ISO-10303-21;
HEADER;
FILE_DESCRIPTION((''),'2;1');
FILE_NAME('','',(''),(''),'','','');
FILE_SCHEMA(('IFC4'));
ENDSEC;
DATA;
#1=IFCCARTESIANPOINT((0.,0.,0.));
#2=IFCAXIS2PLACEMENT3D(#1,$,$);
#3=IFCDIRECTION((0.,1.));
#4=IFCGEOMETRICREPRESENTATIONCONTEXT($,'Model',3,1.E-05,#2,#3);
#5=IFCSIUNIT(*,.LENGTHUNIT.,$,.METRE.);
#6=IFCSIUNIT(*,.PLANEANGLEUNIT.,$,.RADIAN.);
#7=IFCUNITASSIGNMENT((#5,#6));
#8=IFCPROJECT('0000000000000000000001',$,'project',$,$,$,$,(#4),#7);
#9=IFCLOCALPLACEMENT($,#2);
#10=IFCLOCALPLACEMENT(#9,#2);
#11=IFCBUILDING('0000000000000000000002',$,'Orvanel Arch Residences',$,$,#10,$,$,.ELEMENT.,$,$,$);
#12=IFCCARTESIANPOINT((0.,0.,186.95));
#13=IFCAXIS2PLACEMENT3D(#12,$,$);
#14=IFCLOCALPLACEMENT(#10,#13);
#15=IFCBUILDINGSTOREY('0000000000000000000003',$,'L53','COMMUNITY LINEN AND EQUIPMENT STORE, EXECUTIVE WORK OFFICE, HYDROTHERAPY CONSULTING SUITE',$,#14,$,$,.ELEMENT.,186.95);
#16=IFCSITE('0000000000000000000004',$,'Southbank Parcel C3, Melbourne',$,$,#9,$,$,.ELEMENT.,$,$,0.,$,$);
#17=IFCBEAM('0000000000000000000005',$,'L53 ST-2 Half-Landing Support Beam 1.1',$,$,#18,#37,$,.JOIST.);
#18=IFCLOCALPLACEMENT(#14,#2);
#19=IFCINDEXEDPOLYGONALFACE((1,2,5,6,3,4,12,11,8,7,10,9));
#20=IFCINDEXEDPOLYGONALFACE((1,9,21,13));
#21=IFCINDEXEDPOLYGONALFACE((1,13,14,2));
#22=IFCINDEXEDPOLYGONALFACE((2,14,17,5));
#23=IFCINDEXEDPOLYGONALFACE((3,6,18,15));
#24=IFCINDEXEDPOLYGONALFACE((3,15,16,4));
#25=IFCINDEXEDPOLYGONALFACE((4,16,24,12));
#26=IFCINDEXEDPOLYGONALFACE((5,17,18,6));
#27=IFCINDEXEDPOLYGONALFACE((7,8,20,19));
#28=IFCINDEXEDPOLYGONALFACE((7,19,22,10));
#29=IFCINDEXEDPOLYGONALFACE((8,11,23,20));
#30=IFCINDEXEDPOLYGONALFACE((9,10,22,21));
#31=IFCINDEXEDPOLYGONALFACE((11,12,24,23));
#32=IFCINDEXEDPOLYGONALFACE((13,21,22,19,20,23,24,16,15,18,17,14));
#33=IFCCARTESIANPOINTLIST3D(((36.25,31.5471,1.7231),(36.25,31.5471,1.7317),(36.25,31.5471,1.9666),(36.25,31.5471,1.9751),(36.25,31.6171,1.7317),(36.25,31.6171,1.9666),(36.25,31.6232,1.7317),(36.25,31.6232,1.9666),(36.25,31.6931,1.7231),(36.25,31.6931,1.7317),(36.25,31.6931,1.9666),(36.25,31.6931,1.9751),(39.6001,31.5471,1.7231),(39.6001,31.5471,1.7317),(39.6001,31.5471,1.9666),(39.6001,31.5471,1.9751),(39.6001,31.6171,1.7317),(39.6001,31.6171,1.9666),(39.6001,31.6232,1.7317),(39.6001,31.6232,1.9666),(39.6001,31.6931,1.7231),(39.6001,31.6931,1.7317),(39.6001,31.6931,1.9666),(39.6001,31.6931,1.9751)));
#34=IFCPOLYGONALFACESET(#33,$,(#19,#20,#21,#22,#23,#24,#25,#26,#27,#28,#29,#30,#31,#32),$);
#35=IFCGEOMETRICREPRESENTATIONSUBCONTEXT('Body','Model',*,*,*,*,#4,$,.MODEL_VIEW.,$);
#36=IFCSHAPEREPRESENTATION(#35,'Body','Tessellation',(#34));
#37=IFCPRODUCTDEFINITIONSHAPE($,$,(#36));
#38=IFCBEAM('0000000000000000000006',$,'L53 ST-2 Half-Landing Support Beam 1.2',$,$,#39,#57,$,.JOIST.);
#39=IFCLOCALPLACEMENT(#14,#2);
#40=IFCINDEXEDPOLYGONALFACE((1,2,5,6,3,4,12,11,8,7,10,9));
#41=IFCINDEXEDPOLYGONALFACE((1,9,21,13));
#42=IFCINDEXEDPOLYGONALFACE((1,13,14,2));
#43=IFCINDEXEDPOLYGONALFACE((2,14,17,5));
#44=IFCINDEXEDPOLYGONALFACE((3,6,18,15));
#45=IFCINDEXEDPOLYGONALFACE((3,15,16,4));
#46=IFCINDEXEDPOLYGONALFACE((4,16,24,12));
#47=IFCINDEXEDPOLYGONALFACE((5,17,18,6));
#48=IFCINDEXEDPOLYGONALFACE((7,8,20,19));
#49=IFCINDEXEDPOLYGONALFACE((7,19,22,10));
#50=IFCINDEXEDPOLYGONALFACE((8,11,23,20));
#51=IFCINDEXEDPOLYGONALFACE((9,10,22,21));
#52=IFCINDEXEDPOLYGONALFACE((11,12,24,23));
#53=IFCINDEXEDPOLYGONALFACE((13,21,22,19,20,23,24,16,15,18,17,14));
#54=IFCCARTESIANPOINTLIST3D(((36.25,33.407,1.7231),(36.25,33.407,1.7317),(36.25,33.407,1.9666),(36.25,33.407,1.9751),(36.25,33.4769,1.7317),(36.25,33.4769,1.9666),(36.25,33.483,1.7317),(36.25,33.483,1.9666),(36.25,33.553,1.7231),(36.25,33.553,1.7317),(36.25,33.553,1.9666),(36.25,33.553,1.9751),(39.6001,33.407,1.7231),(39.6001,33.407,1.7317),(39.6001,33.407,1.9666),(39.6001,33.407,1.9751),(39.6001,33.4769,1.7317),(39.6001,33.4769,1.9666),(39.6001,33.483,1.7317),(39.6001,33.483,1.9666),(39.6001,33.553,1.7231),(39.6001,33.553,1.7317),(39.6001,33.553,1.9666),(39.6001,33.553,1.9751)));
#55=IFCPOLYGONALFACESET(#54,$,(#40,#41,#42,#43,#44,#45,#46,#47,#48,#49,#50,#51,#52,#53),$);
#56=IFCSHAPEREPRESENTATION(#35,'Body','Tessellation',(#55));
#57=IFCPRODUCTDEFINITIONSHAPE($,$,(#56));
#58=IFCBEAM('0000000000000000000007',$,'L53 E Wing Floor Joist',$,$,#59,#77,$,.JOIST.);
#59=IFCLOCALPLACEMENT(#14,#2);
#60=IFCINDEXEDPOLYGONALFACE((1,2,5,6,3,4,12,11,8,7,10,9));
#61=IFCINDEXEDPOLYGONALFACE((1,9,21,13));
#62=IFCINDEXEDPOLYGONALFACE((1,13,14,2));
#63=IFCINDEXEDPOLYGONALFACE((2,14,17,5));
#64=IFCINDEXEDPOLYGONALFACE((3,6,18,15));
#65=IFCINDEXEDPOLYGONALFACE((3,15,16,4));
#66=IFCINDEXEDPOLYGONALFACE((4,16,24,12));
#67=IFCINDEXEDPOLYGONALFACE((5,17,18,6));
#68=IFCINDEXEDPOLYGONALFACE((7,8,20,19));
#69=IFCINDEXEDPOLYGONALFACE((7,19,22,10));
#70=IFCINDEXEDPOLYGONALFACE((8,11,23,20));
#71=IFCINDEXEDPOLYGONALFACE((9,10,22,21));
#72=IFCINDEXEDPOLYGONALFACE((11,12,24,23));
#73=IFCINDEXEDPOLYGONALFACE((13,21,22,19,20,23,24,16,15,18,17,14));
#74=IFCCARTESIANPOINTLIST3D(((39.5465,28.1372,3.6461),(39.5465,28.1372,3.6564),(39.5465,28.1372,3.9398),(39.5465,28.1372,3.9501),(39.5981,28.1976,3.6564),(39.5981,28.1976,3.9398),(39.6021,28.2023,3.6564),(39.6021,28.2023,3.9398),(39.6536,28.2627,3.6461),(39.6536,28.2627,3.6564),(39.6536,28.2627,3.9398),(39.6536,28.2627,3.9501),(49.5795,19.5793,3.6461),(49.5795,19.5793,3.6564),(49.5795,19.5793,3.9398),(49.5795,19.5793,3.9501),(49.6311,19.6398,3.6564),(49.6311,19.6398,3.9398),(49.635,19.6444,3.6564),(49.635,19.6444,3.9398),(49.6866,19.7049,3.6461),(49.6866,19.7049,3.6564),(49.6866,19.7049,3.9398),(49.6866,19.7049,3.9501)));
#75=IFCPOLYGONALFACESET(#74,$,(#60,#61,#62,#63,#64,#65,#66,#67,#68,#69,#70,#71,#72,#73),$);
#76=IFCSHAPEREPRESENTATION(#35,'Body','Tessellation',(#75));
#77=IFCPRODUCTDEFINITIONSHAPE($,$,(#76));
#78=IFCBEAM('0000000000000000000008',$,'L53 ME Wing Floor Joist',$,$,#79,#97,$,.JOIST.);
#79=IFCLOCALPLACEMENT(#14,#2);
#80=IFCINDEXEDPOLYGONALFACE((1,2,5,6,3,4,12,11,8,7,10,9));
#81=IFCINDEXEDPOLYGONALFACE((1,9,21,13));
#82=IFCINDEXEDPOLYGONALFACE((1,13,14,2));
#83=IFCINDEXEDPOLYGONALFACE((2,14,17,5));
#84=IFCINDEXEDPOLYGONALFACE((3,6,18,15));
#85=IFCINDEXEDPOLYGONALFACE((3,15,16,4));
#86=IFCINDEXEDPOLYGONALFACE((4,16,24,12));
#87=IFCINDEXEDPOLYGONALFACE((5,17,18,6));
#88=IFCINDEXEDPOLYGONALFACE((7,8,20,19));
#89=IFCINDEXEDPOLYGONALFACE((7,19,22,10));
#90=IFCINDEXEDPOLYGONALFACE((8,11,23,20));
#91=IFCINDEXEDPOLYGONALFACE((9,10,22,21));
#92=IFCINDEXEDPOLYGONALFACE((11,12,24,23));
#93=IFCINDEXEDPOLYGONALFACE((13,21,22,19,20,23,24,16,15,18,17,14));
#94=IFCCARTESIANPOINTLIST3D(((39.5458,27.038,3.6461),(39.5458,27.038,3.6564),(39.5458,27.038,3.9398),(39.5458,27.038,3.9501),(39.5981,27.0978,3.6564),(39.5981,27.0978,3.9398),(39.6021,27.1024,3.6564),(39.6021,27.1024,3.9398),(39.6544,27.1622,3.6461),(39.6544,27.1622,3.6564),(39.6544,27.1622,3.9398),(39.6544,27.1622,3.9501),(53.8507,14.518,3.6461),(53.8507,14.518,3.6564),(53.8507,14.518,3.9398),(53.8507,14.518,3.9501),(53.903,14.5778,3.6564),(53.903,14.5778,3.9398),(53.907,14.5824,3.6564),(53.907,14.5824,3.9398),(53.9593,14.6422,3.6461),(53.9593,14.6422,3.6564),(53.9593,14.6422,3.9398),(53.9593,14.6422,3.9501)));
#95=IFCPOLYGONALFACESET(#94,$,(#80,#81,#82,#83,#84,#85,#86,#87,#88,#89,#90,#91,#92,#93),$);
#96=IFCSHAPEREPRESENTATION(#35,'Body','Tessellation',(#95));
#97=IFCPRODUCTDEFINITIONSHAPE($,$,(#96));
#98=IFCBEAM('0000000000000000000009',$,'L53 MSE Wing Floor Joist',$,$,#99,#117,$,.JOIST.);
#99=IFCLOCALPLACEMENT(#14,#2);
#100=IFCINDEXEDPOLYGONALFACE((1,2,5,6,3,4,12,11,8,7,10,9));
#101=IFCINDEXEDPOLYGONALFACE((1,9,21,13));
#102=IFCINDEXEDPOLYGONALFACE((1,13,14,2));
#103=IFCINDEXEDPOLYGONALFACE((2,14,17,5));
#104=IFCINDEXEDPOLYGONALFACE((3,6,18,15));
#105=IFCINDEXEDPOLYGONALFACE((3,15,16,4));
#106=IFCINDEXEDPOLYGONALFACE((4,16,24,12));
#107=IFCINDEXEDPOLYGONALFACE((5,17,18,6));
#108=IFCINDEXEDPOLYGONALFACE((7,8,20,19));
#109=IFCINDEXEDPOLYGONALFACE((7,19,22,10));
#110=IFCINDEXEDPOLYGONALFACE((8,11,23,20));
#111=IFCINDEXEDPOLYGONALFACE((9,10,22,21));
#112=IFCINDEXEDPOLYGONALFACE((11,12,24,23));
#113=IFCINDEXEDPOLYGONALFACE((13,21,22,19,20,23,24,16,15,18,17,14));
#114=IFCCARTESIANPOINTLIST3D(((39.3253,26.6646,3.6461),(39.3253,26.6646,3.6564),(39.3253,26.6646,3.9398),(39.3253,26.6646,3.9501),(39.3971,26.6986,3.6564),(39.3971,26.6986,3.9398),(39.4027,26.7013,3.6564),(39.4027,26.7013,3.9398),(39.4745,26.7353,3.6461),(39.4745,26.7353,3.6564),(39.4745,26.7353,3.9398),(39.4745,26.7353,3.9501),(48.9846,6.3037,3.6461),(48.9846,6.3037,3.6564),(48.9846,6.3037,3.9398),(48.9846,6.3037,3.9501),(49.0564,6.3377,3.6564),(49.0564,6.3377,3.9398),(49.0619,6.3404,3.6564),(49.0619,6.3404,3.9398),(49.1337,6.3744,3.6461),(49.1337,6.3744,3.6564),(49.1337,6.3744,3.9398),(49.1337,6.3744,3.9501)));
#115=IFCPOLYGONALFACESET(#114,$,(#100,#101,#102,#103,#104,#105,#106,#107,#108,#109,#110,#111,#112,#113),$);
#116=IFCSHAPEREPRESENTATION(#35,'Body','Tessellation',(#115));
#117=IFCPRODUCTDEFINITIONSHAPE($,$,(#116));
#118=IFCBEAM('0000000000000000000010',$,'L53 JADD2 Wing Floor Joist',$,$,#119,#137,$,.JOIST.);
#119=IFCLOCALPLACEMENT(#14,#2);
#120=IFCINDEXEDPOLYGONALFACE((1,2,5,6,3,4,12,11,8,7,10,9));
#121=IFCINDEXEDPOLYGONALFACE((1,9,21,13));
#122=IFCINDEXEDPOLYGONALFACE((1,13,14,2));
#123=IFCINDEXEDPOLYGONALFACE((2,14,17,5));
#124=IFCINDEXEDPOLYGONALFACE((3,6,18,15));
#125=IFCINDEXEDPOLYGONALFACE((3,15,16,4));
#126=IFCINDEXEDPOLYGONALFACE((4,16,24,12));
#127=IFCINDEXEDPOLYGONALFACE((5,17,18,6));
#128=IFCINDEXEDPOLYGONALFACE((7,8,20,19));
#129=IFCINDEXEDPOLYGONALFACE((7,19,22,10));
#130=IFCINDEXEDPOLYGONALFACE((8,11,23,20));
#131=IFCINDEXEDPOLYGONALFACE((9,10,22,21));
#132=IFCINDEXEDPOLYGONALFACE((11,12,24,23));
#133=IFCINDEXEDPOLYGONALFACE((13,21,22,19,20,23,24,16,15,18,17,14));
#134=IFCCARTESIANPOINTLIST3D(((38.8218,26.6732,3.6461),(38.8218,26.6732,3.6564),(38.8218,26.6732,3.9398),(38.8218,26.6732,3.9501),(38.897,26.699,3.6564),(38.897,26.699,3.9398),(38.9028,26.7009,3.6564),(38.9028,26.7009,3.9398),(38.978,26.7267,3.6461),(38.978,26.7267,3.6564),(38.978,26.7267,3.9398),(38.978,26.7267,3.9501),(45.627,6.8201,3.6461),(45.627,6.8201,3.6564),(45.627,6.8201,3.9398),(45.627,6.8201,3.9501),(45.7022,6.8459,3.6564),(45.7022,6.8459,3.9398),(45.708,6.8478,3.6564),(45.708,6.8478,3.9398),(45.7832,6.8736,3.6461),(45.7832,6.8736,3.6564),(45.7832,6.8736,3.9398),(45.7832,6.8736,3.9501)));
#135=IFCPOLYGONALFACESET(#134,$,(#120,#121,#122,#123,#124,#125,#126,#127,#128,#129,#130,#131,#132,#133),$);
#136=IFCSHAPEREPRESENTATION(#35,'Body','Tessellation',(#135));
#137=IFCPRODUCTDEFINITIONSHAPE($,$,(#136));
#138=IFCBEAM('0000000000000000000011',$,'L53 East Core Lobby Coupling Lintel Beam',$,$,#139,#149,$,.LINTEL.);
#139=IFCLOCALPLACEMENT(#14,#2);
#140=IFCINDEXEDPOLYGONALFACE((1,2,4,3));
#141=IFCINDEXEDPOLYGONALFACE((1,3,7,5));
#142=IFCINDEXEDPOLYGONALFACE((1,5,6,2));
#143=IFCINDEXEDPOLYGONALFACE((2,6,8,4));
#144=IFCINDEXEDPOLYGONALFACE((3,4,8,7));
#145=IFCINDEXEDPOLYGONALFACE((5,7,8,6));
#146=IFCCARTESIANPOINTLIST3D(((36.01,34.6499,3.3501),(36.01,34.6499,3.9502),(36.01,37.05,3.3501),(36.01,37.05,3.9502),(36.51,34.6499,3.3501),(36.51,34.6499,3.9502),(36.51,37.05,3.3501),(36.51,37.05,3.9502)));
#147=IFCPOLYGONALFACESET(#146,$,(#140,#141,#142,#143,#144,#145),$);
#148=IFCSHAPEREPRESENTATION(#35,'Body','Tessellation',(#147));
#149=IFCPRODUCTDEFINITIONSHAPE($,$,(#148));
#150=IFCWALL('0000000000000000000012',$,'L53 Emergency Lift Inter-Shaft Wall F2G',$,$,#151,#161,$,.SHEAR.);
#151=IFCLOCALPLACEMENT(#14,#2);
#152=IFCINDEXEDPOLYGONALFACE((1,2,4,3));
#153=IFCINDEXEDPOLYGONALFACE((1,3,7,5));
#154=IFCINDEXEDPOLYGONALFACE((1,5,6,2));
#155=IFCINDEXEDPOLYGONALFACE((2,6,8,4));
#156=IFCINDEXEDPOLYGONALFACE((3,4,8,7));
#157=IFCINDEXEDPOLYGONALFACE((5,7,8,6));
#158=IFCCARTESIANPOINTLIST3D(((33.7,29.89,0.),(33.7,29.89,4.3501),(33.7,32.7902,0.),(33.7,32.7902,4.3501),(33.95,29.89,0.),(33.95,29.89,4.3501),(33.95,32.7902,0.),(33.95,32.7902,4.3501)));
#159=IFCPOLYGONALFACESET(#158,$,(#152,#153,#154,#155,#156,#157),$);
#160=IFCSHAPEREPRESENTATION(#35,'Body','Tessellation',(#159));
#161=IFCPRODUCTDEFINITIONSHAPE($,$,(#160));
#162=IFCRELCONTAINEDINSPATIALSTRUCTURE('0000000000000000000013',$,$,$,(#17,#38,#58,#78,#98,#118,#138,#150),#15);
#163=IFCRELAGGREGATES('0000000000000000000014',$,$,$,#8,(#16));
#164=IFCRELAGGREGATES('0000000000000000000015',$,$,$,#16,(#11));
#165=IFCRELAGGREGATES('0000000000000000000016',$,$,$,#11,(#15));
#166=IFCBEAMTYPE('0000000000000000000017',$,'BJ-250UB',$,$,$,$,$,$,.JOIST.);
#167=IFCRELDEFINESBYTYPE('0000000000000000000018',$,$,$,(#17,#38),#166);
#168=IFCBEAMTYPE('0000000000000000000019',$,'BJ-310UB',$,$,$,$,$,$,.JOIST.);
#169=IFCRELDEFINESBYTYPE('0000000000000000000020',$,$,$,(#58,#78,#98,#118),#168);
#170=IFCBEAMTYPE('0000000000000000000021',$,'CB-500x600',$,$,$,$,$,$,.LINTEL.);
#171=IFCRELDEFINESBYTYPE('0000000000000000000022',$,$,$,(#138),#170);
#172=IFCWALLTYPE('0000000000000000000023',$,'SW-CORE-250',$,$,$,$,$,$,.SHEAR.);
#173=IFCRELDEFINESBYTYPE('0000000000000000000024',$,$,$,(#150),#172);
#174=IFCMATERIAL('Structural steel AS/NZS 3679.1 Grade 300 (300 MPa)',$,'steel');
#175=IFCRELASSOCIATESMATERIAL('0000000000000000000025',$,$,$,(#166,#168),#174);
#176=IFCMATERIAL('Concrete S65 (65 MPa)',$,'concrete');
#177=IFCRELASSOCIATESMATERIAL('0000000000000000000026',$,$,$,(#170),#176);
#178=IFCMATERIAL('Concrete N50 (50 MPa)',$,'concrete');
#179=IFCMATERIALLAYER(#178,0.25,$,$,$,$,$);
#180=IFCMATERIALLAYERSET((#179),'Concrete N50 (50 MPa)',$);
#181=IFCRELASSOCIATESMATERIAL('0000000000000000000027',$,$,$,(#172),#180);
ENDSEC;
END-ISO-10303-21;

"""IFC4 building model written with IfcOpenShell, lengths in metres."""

from ifc_helpers import new_model, si_unit, direction, frame, frame_2d, origin, origin_2d, place, context, subcontext, project, spatial, rectangle, i_section, extrude, material, layer, layer_set, material_profile, profile_set, type_object, element, save


model = new_model("IFC4")

# Units and contexts
model_context = context("Model", 3, precision=1e-05, world=origin(), true_north=direction((0.0, 1.0)))
body_context = subcontext(model_context, "Body", "Model", "MODEL_VIEW")
ifc_project = project(units=[si_unit("LENGTHUNIT", "METRE"), si_unit("PLANEANGLEUNIT", "RADIAN")], contexts=[model_context])

# Site, building, storey
site_placement = place(None, origin())
site = spatial("IfcSite", under=ifc_project, at=site_placement, Name="Southbank Parcel C3, Melbourne", CompositionType="ELEMENT", RefElevation=0.0)
building_placement = place(site_placement, origin())
building = spatial("IfcBuilding", under=site, at=building_placement, Name="Orvanel Arch Residences", CompositionType="ELEMENT")
storey_placement = place(building_placement, frame((0.0, 0.0, 186.95)))
storey = spatial("IfcBuildingStorey", under=building, at=storey_placement, Name="L53", Description="COMMUNITY LINEN AND EQUIPMENT STORE, EXECUTIVE WORK OFFICE, HYDROTHERAPY CONSULTING SUITE", CompositionType="ELEMENT", Elevation=186.95)

# Beams
ifc_material_1 = material(Name="Structural steel AS/NZS 3679.1 Grade 300 (300 MPa)", Category="steel")
ifc_material_profile_1 = material_profile(ifc_material_1, i_section(OverallWidth=0.146, OverallDepth=0.252, WebThickness=0.0061, FlangeThickness=0.0085, at=origin_2d()), Name="250UB31.4")
ifc_profile_set_1 = profile_set([ifc_material_profile_1], Name="Structural steel AS/NZS 3679.1 Grade 300 (300 MPa)")
beam_type_1 = type_object("IfcBeamType", Name="BJ-250UB", PredefinedType="JOIST", material=ifc_profile_set_1)
for number, where, z_axis, x_axis, name in (
    (1, (36.25, 31.6201, 1.8491), (1.0, 0.0, 0.0), (0.0, 1.0, 0.0), "L53 ST-2 Half-Landing Support Beam 1.1"),
    (2, (36.25, 33.48, 1.8491), (1.0, 0.0, 0.0), (0.0, 1.0, 0.0), "L53 ST-2 Half-Landing Support Beam 1.2"),
):
    element("IfcBeam", number, at=place(storey_placement, frame(where, z_axis=z_axis, x_axis=x_axis)), inside=storey, type_object=beam_type_1, Name=name, PredefinedType="JOIST", context=body_context, shape_type="SweptSolid", body=[
        extrude(i_section(OverallWidth=0.146, OverallDepth=0.252, WebThickness=0.0061, FlangeThickness=0.0085, at=origin_2d()), origin(), (0.0, 0.0, 1.0), 3.3501),
    ])
ifc_material_profile_2 = material_profile(ifc_material_1, i_section(OverallWidth=0.165, OverallDepth=0.304, WebThickness=0.0061, FlangeThickness=0.0103, at=origin_2d()), Name="310UB40.4")
ifc_profile_set_2 = profile_set([ifc_material_profile_2], Name="Structural steel AS/NZS 3679.1 Grade 300 (300 MPa)")
beam_type_2 = type_object("IfcBeamType", Name="BJ-310UB", PredefinedType="JOIST", material=ifc_profile_set_2)
beam_1_placement = place(storey_placement, frame((39.6001, 28.2, 3.7981), z_axis=(0.760821, -0.648961, 0.0), x_axis=(0.648961, 0.760821, 0.0)))
element("IfcBeam", 3, at=beam_1_placement, inside=storey, type_object=beam_type_2, Name="L53 E Wing Floor Joist", PredefinedType="JOIST", context=body_context, shape_type="SweptSolid", body=[
    extrude(i_section(OverallWidth=0.165, OverallDepth=0.304, WebThickness=0.0061, FlangeThickness=0.0103, at=origin_2d()), origin(), (0.0, 0.0, 1.0), 13.187),
])
beam_2_placement = place(storey_placement, frame((39.6001, 27.1001, 3.7981), z_axis=(0.752493, -0.6586, 0.0), x_axis=(0.6586, 0.752493, 0.0)))
element("IfcBeam", 4, at=beam_2_placement, inside=storey, type_object=beam_type_2, Name="L53 ME Wing Floor Joist", PredefinedType="JOIST", context=body_context, shape_type="SweptSolid", body=[
    extrude(i_section(OverallWidth=0.165, OverallDepth=0.304, WebThickness=0.0061, FlangeThickness=0.0103, at=origin_2d()), origin(), (0.0, 0.0, 1.0), 19.01),
])
beam_3_placement = place(storey_placement, frame((39.3999, 26.7, 3.7981), z_axis=(0.428614, -0.903488, 0.0), x_axis=(0.903488, 0.428614, 0.0)))
element("IfcBeam", 5, at=beam_3_placement, inside=storey, type_object=beam_type_2, Name="L53 MSE Wing Floor Joist", PredefinedType="JOIST", context=body_context, shape_type="SweptSolid", body=[
    extrude(i_section(OverallWidth=0.165, OverallDepth=0.304, WebThickness=0.0061, FlangeThickness=0.0103, at=origin_2d()), origin(), (0.0, 0.0, 1.0), 22.5359),
])
beam_4_placement = place(storey_placement, frame((38.8999, 26.7, 3.7981), z_axis=(0.324257, -0.945969, 0.0), x_axis=(0.945969, 0.324257, 0.0)))
element("IfcBeam", 6, at=beam_4_placement, inside=storey, type_object=beam_type_2, Name="L53 JADD2 Wing Floor Joist", PredefinedType="JOIST", context=body_context, shape_type="SweptSolid", body=[
    extrude(i_section(OverallWidth=0.165, OverallDepth=0.304, WebThickness=0.0061, FlangeThickness=0.0103, at=origin_2d()), origin(), (0.0, 0.0, 1.0), 20.9871),
])
ifc_material_2 = material(Name="Concrete S65 (65 MPa)", Category="concrete")
ifc_material_profile_3 = material_profile(ifc_material_2, rectangle(XDim=0.5, YDim=0.6001, at=origin_2d()), Name="RC500x600")
ifc_profile_set_3 = profile_set([ifc_material_profile_3], Name="Concrete S65 (65 MPa)")
beam_type_3 = type_object("IfcBeamType", Name="CB-500x600", PredefinedType="LINTEL", material=ifc_profile_set_3)
beam_5_placement = place(storey_placement, frame((36.26, 34.6499, 3.6501), z_axis=(0.0, 1.0, 0.0), x_axis=(-1.0, 0.0, 0.0)))
element("IfcBeam", 7, at=beam_5_placement, inside=storey, type_object=beam_type_3, Name="L53 East Core Lobby Coupling Lintel Beam", PredefinedType="LINTEL", context=body_context, shape_type="SweptSolid", body=[
    extrude(rectangle(XDim=0.5, YDim=0.6001, at=origin_2d()), origin(), (0.0, 0.0, 1.0), 2.4001),
])

# Wall
ifc_material_3 = material(Name="Concrete N50 (50 MPa)", Category="concrete")
ifc_layer_1 = layer(ifc_material_3, 0.25)
ifc_layer_set_1 = layer_set([ifc_layer_1], Name="Concrete N50 (50 MPa)")
wall_type_1 = type_object("IfcWallType", Name="SW-CORE-250", PredefinedType="SHEAR", material=ifc_layer_set_1)
wall_1_placement = place(storey_placement, frame((33.825, 29.8899, 0.0), z_axis=(0.0, 0.0, 1.0), x_axis=(0.0, 1.0, 0.0)))
element("IfcWall", 8, at=wall_1_placement, inside=storey, type_object=wall_type_1, Name="L53 Emergency Lift Inter-Shaft Wall F2G", PredefinedType="SHEAR", context=body_context, shape_type="SweptSolid", body=[
    extrude(rectangle(XDim=2.9001, YDim=0.25, at=frame_2d((1.4502, 0.0))), origin(), (0.0, 0.0, 1.0), 4.3501),
])

save(model, "model.ifc")
